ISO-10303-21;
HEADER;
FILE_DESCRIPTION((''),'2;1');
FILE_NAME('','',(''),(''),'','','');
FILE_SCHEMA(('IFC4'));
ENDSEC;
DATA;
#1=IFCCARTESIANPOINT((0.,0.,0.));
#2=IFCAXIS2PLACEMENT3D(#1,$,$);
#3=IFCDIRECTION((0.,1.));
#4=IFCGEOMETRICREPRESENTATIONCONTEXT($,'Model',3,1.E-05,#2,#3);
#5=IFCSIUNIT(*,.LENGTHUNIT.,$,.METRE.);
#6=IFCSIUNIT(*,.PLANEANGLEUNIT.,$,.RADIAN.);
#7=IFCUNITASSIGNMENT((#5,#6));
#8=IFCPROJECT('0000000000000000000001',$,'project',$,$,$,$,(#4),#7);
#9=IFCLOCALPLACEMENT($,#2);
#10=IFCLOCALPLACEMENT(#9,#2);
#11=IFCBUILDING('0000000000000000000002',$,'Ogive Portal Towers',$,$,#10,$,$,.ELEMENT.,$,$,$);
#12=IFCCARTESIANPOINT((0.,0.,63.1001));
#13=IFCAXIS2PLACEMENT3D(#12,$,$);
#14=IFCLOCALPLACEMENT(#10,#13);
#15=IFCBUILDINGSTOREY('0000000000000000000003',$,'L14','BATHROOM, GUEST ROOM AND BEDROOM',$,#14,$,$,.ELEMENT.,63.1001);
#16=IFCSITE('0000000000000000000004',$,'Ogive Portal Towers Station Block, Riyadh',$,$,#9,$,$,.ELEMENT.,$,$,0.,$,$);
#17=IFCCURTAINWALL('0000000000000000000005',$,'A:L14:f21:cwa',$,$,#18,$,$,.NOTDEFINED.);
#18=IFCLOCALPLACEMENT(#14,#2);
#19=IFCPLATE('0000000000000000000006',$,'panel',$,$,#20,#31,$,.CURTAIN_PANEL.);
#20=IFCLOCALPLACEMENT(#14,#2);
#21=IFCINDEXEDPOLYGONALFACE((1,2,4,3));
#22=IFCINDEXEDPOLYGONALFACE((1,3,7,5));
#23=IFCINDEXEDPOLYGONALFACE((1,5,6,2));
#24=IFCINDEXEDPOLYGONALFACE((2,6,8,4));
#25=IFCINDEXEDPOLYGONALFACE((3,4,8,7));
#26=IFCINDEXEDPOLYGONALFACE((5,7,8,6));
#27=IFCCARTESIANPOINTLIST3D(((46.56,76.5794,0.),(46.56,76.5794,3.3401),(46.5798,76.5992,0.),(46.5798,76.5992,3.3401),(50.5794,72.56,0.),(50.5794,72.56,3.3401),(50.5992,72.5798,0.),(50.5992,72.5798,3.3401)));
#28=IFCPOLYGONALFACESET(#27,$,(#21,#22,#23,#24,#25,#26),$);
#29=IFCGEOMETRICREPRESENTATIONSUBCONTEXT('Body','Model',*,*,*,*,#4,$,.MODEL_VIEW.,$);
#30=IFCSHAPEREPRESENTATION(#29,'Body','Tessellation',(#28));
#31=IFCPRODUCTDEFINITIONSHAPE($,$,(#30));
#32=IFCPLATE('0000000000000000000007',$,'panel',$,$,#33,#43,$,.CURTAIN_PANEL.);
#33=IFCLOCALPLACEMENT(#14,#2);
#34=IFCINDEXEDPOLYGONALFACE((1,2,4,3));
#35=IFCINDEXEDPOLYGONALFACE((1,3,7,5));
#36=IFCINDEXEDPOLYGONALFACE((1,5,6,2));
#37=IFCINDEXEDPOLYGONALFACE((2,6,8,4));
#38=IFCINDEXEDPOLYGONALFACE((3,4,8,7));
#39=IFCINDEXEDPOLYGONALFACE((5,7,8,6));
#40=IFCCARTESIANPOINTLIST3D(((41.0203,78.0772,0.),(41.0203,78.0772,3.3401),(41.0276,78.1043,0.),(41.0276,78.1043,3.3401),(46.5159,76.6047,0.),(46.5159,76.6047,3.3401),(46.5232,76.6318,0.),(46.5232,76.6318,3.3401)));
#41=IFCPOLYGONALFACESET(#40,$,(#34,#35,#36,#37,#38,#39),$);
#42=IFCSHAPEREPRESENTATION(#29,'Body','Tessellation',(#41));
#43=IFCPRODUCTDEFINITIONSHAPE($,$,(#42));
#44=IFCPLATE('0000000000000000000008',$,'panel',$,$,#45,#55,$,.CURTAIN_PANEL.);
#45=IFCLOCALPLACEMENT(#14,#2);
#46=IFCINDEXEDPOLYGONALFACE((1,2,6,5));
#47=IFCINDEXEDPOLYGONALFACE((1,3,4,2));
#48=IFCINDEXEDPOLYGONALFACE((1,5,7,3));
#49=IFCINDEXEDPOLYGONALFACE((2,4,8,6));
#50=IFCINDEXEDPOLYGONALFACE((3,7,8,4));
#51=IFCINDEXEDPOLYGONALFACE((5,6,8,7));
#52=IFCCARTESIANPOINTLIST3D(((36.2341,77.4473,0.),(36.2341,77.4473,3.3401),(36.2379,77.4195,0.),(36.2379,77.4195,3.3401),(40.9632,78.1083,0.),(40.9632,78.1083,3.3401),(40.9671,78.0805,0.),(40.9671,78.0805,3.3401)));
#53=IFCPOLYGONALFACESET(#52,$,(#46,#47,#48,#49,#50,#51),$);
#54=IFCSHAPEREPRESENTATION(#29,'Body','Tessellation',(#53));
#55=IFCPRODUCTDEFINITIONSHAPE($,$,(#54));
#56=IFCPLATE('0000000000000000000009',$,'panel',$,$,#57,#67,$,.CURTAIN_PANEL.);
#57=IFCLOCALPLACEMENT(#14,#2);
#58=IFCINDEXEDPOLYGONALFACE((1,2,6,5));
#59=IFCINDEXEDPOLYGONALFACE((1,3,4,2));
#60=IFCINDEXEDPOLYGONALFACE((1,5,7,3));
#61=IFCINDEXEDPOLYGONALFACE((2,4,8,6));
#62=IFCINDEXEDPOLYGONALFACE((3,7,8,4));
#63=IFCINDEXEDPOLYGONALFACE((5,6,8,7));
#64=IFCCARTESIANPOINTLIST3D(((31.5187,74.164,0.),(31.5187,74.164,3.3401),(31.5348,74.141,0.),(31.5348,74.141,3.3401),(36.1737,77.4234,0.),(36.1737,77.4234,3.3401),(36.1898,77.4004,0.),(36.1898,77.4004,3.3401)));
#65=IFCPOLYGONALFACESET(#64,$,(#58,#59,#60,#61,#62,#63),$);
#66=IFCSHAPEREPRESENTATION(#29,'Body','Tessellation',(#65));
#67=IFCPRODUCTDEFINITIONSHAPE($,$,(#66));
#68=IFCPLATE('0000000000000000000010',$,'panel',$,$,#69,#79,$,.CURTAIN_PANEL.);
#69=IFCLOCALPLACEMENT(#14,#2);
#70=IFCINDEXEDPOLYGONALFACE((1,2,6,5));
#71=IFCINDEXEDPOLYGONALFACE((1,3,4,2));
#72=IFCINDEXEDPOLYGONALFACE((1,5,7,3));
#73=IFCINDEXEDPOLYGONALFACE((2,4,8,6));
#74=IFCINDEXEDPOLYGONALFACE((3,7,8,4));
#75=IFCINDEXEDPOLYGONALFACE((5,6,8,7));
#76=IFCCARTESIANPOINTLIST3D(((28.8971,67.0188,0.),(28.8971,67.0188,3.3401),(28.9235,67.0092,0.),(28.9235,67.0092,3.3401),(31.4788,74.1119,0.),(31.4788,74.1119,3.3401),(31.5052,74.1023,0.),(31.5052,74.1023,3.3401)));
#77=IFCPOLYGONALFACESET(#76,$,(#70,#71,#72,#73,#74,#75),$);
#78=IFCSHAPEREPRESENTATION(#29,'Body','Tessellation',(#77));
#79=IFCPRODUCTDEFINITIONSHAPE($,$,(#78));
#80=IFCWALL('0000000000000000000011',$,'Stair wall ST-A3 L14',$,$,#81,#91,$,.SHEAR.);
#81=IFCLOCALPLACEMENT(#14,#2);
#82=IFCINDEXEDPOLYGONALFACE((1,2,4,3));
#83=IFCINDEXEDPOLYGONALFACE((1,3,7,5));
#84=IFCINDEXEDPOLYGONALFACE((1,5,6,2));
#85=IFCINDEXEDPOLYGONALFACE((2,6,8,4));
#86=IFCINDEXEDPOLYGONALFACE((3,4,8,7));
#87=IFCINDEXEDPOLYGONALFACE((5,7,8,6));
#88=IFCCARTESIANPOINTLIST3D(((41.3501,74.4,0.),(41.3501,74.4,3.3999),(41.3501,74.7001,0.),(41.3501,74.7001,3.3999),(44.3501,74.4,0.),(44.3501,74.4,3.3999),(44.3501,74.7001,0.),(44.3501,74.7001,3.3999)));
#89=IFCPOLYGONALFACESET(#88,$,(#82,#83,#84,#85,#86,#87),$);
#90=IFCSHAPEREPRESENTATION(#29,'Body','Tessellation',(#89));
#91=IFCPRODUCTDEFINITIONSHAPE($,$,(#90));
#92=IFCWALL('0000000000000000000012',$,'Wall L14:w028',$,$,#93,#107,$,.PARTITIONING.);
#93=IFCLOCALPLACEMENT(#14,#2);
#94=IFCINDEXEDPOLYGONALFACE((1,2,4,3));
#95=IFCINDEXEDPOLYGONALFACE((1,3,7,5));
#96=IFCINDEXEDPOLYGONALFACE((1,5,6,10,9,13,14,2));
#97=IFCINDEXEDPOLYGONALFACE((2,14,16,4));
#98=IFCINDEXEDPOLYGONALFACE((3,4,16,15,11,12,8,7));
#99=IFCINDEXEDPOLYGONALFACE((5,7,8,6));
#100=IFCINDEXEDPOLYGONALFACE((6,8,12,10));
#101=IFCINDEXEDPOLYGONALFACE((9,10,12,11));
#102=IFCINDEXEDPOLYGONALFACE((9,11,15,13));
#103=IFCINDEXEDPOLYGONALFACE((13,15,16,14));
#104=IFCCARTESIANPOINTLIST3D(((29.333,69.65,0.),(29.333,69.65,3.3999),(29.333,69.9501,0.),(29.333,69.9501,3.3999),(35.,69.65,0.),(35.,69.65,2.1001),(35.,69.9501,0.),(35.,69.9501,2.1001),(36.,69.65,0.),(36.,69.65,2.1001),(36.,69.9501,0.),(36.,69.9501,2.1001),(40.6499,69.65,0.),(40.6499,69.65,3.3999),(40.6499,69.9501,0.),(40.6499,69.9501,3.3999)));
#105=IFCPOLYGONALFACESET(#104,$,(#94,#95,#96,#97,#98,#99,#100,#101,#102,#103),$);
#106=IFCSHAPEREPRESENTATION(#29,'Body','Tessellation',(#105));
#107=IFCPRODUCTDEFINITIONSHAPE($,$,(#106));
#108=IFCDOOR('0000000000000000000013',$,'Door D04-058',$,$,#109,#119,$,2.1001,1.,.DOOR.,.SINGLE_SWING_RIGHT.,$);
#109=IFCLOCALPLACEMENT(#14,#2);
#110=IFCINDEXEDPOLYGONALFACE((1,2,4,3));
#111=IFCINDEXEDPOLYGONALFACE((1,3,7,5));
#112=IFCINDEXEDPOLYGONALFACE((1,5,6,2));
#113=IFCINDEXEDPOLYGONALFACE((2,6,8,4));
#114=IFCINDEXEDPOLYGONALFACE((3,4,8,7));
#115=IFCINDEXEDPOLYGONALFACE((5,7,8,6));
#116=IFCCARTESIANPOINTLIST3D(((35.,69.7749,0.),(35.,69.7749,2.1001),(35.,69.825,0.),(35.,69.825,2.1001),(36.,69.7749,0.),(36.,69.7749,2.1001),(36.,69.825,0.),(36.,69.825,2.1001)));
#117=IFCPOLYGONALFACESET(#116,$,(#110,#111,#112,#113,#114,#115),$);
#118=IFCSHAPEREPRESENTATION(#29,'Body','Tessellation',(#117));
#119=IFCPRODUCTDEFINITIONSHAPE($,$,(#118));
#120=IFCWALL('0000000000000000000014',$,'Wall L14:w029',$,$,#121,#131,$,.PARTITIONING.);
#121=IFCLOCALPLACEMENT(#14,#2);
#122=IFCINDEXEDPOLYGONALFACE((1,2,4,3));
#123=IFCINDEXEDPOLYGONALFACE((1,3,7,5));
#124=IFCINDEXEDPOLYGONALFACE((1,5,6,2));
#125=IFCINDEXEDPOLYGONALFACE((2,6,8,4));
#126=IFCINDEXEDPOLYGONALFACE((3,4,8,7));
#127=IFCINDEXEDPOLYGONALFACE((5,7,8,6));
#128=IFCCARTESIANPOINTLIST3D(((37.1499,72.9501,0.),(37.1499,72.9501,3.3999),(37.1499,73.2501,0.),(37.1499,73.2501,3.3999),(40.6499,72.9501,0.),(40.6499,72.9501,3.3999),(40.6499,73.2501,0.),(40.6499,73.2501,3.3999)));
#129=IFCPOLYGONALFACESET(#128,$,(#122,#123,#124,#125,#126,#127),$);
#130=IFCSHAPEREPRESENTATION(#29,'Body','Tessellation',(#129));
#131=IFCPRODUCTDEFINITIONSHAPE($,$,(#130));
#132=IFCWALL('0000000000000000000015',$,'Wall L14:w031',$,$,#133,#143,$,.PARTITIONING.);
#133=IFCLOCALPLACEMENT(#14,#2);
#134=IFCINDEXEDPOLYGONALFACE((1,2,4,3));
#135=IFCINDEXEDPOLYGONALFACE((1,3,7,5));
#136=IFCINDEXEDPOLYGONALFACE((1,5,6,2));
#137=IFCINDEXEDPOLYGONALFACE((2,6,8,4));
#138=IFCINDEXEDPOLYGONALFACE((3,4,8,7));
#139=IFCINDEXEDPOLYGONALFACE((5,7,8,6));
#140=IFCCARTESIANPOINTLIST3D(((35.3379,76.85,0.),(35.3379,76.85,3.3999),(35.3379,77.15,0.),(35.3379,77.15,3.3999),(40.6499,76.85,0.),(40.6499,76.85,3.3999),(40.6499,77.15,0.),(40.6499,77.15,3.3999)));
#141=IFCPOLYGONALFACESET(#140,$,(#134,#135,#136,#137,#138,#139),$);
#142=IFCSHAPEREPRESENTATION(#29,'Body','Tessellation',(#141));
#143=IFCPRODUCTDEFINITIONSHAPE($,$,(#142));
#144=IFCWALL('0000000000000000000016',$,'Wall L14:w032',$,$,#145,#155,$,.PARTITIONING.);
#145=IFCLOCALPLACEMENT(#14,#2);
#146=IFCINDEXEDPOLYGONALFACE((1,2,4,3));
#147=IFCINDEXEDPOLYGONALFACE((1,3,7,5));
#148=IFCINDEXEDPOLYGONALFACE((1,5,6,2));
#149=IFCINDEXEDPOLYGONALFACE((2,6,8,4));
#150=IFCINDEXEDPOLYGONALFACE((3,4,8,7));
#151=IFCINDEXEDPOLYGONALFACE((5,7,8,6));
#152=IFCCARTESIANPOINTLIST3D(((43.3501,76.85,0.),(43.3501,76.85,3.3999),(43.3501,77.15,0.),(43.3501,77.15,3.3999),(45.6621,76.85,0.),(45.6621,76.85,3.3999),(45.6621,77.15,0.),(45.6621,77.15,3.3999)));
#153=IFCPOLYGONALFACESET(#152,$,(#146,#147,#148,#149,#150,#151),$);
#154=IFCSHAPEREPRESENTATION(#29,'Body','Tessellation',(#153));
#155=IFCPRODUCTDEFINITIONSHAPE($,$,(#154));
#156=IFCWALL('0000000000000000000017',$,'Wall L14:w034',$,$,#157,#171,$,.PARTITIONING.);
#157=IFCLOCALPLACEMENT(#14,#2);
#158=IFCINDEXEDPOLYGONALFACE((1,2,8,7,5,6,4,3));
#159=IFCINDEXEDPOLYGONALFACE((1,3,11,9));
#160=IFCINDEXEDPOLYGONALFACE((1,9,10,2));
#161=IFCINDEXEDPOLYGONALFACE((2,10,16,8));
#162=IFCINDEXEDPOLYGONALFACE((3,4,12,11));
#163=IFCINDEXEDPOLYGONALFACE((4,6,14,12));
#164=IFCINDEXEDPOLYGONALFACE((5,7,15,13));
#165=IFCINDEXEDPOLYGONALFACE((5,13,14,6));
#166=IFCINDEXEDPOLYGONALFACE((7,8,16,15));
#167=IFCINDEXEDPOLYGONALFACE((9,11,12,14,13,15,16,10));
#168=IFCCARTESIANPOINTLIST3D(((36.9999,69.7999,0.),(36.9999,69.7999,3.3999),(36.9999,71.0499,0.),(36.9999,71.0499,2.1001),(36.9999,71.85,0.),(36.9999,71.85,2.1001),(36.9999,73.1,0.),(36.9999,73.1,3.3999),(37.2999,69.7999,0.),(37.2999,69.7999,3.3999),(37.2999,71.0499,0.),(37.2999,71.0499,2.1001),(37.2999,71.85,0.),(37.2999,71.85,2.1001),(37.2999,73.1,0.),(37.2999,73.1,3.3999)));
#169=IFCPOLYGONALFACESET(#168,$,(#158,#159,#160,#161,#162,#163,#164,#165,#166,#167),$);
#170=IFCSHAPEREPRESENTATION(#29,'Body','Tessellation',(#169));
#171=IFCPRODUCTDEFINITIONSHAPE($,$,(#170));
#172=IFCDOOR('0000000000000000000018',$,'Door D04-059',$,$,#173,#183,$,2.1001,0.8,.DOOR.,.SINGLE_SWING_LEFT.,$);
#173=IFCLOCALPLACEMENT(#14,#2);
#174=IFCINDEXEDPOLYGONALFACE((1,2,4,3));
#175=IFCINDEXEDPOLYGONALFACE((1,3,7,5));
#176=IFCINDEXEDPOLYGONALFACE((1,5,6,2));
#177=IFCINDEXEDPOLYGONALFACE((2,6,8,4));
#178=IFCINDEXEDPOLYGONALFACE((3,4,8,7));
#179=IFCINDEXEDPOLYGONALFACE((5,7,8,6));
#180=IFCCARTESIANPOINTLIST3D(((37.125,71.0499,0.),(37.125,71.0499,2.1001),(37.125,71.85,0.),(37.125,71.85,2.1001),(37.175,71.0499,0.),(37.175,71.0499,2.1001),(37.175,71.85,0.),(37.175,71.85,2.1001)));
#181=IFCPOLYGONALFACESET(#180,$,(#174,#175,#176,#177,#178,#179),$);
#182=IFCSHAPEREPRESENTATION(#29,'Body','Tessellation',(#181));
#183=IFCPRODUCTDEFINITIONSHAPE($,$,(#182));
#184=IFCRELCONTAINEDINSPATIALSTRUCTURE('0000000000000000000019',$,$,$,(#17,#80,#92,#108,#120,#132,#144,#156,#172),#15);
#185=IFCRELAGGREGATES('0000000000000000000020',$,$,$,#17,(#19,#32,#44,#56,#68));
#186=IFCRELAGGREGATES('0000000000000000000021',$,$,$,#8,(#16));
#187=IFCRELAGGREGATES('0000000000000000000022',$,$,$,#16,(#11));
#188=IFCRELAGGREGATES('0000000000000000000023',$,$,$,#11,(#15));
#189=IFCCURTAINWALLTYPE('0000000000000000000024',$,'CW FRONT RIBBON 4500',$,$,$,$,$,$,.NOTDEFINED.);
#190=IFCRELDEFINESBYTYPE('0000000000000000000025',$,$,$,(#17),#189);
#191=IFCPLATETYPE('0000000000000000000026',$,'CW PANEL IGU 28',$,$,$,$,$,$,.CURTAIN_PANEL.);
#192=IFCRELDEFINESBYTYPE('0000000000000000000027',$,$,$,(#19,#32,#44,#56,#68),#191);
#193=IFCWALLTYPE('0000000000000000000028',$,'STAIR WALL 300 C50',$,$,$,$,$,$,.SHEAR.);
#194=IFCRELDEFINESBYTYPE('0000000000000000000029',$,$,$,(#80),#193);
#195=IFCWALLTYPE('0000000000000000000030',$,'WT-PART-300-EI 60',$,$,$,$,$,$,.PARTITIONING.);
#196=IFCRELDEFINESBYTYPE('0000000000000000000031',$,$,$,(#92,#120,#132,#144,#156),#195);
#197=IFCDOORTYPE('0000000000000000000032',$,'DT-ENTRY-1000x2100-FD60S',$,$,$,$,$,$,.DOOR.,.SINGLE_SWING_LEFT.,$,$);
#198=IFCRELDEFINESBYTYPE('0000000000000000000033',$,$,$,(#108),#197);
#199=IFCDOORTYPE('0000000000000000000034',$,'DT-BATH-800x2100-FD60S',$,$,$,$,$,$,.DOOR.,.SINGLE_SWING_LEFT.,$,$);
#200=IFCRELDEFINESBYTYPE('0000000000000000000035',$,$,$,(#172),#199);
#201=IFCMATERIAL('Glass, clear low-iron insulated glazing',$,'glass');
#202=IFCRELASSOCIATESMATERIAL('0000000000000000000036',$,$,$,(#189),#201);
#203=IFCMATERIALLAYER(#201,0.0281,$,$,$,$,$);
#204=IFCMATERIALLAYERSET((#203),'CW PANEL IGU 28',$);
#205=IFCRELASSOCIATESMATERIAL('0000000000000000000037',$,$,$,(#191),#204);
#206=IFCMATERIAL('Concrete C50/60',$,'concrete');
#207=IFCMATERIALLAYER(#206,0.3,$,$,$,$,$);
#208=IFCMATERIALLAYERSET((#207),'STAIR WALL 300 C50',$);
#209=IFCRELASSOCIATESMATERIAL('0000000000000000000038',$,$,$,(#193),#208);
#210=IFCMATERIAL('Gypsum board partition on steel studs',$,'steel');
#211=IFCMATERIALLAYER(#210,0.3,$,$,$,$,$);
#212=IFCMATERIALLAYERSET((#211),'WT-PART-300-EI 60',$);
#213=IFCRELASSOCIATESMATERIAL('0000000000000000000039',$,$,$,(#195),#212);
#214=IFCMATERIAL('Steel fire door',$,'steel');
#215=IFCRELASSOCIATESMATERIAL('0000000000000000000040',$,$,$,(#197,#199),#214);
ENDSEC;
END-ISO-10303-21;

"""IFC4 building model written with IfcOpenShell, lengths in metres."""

from ifc_helpers import new_model, si_unit, direction, frame, frame_2d, origin, origin_2d, place, context, subcontext, project, spatial, rectangle, extrude, material, layer, layer_set, type_object, element, fill, aggregate, save


model = new_model("IFC4")

# Units and contexts
model_context = context("Model", 3, precision=1e-05, world=origin(), true_north=direction((0.0, 1.0)))
body_context = subcontext(model_context, "Body", "Model", "MODEL_VIEW")
ifc_project = project(units=[si_unit("LENGTHUNIT", "METRE"), si_unit("PLANEANGLEUNIT", "RADIAN")], contexts=[model_context])

# Site, building, storey
site_placement = place(None, origin())
site = spatial("IfcSite", under=ifc_project, at=site_placement, Name="Ogive Portal Towers Station Block, Riyadh", CompositionType="ELEMENT", RefElevation=0.0)
building_placement = place(site_placement, origin())
building = spatial("IfcBuilding", under=site, at=building_placement, Name="Ogive Portal Towers", CompositionType="ELEMENT")
storey_placement = place(building_placement, frame((0.0, 0.0, 63.1001)))
storey = spatial("IfcBuildingStorey", under=building, at=storey_placement, Name="L14", Description="BATHROOM, GUEST ROOM AND BEDROOM", CompositionType="ELEMENT", Elevation=63.1001)

# Curtain wall, plates
ifc_material_1 = material(Name="Glass, clear low-iron insulated glazing", Category="glass")
curtain_wall_type = type_object("IfcCurtainWallType", Name="CW FRONT RIBBON 4500", PredefinedType="NOTDEFINED", material=ifc_material_1)
curtain_wall_placement = place(storey_placement, origin())
curtain_wall = element("IfcCurtainWall", 1, at=curtain_wall_placement, inside=storey, type_object=curtain_wall_type, Name="A:L14:f21:cwa", PredefinedType="NOTDEFINED")
ifc_layer_1 = layer(ifc_material_1, 0.0281)
ifc_layer_set_1 = layer_set([ifc_layer_1], Name="CW PANEL IGU 28")
plate_type = type_object("IfcPlateType", Name="CW PANEL IGU 28", PredefinedType="CURTAIN_PANEL", material=ifc_layer_set_1)
plate_1_placement = place(storey_placement, frame((48.5796, 74.5796, 0.0), z_axis=(0.0, 0.0, 1.0), x_axis=(-0.707107, 0.707107, 0.0)))
plate_1 = element("IfcPlate", 2, at=plate_1_placement, type_object=plate_type, Name="panel", PredefinedType="CURTAIN_PANEL", context=body_context, shape_type="SweptSolid", body=[
    extrude(rectangle(XDim=5.6843, YDim=0.0281, at=origin_2d()), origin(), (0.0, 0.0, 1.0), 3.3401),
])
plate_2_placement = place(storey_placement, frame((43.7717, 77.3545, 0.0), z_axis=(0.0, 0.0, 1.0), x_axis=(-0.965926, 0.258819, 0.0)))
plate_2 = element("IfcPlate", 3, at=plate_2_placement, type_object=plate_type, Name="panel", PredefinedType="CURTAIN_PANEL", context=body_context, shape_type="SweptSolid", body=[
    extrude(rectangle(XDim=5.6895, YDim=0.0281, at=origin_2d()), origin(), (0.0, 0.0, 1.0), 3.3401),
])
plate_3_placement = place(storey_placement, frame((38.6006, 77.7639, 0.0), z_axis=(0.0, 0.0, 1.0), x_axis=(-0.990373, -0.138428, 0.0)))
plate_3 = element("IfcPlate", 4, at=plate_3_placement, type_object=plate_type, Name="panel", PredefinedType="CURTAIN_PANEL", context=body_context, shape_type="SweptSolid", body=[
    extrude(rectangle(XDim=4.7751, YDim=0.0281, at=origin_2d()), origin(), (0.0, 0.0, 1.0), 3.3401),
])
plate_4_placement = place(storey_placement, frame((33.8542, 75.7822, 0.0), z_axis=(0.0, 0.0, 1.0), x_axis=(-0.819152, -0.573576, 0.0)))
plate_4 = element("IfcPlate", 5, at=plate_4_placement, type_object=plate_type, Name="panel", PredefinedType="CURTAIN_PANEL", context=body_context, shape_type="SweptSolid", body=[
    extrude(rectangle(XDim=5.6826, YDim=0.0281, at=origin_2d()), origin(), (0.0, 0.0, 1.0), 3.3401),
])
plate_5_placement = place(storey_placement, frame((30.2012, 70.5605, 0.0), z_axis=(0.0, 0.0, 1.0), x_axis=(-0.34202, -0.939693, 0.0)))
plate_5 = element("IfcPlate", 6, at=plate_5_placement, type_object=plate_type, Name="panel", PredefinedType="CURTAIN_PANEL", context=body_context, shape_type="SweptSolid", body=[
    extrude(rectangle(XDim=7.5483, YDim=0.0281, at=origin_2d()), origin(), (0.0, 0.0, 1.0), 3.3401),
])
aggregate(curtain_wall, [plate_1, plate_2, plate_3, plate_4, plate_5])

# Wall
ifc_material_2 = material(Name="Concrete C50/60", Category="concrete")
ifc_layer_2 = layer(ifc_material_2, 0.3)
ifc_layer_set_2 = layer_set([ifc_layer_2], Name="STAIR WALL 300 C50")
wall_type_1 = type_object("IfcWallType", Name="STAIR WALL 300 C50", PredefinedType="SHEAR", material=ifc_layer_set_2)
wall_1_placement = place(storey_placement, frame((41.3501, 74.55, 0.0), z_axis=(0.0, 0.0, 1.0), x_axis=(1.0, 0.0, 0.0)))
element("IfcWall", 7, at=wall_1_placement, inside=storey, type_object=wall_type_1, Name="Stair wall ST-A3 L14", PredefinedType="SHEAR", context=body_context, shape_type="SweptSolid", body=[
    extrude(rectangle(XDim=3.0, YDim=0.3, at=frame_2d((1.5, 0.0))), origin(), (0.0, 0.0, 1.0), 3.3999),
])

# Wall, opening, door
ifc_material_3 = material(Name="Gypsum board partition on steel studs", Category="steel")
ifc_layer_3 = layer(ifc_material_3, 0.3)
ifc_layer_set_3 = layer_set([ifc_layer_3], Name="WT-PART-300-EI 60")
wall_type_2 = type_object("IfcWallType", Name="WT-PART-300-EI 60", PredefinedType="PARTITIONING", material=ifc_layer_set_3)
wall_2_placement = place(storey_placement, frame((29.333, 69.8, 0.0), z_axis=(0.0, 0.0, 1.0), x_axis=(1.0, 0.0, 0.0)))
wall_2 = element("IfcWall", 8, at=wall_2_placement, inside=storey, type_object=wall_type_2, Name="Wall L14:w028", PredefinedType="PARTITIONING", context=body_context, shape_type="SweptSolid", body=[
    extrude(rectangle(XDim=11.3169, YDim=0.3, at=frame_2d((5.6584, 0.0))), origin(), (0.0, 0.0, 1.0), 3.3999),
])
opening_1_placement = place(wall_2_placement, frame((5.667, 0.0, 0.0)))
opening_1 = element("IfcOpeningElement", 9, at=opening_1_placement, cuts=wall_2, PredefinedType="OPENING", context=body_context, shape_type="SweptSolid", body=[
    extrude(rectangle(XDim=1.0, YDim=2.1001, at=frame_2d((0.5, 1.05))), frame((0.0, 0.1602, 0.0), z_axis=(0.0, -1.0, 0.0), x_axis=(1.0, 0.0, 0.0)), (0.0, 0.0, 1.0), 0.3201),
])
ifc_material_4 = material(Name="Steel fire door", Category="steel")
door_type_1 = type_object("IfcDoorType", Name="DT-ENTRY-1000x2100-FD60S", OperationType="SINGLE_SWING_LEFT", PredefinedType="DOOR", material=ifc_material_4)
door_1_placement = place(opening_1_placement, origin())
door_1 = element("IfcDoor", 10, at=door_1_placement, inside=storey, type_object=door_type_1, Name="Door D04-058", OperationType="SINGLE_SWING_RIGHT", OverallHeight=2.1001, OverallWidth=1.0, PredefinedType="DOOR", context=body_context, shape_type="SweptSolid", body=[
    extrude(rectangle(XDim=1.0, YDim=2.1001, at=frame_2d((0.5, 1.05))), frame((0.0, 0.0249, 0.0), z_axis=(0.0, -1.0, 0.0), x_axis=(1.0, 0.0, 0.0)), (0.0, 0.0, 1.0), 0.05),
])
fill(opening_1, door_1)

# Walls
wall_3_placement = place(storey_placement, frame((37.1499, 73.1001, 0.0), z_axis=(0.0, 0.0, 1.0), x_axis=(1.0, 0.0, 0.0)))
element("IfcWall", 11, at=wall_3_placement, inside=storey, type_object=wall_type_2, Name="Wall L14:w029", PredefinedType="PARTITIONING", context=body_context, shape_type="SweptSolid", body=[
    extrude(rectangle(XDim=3.5, YDim=0.3, at=frame_2d((1.75, 0.0))), origin(), (0.0, 0.0, 1.0), 3.3999),
])
wall_4_placement = place(storey_placement, frame((35.3379, 77.0, 0.0), z_axis=(0.0, 0.0, 1.0), x_axis=(1.0, 0.0, 0.0)))
element("IfcWall", 12, at=wall_4_placement, inside=storey, type_object=wall_type_2, Name="Wall L14:w031", PredefinedType="PARTITIONING", context=body_context, shape_type="SweptSolid", body=[
    extrude(rectangle(XDim=5.312, YDim=0.3, at=frame_2d((2.656, 0.0))), origin(), (0.0, 0.0, 1.0), 3.3999),
])
wall_5_placement = place(storey_placement, frame((43.3501, 77.0, 0.0), z_axis=(0.0, 0.0, 1.0), x_axis=(1.0, 0.0, 0.0)))
element("IfcWall", 13, at=wall_5_placement, inside=storey, type_object=wall_type_2, Name="Wall L14:w032", PredefinedType="PARTITIONING", context=body_context, shape_type="SweptSolid", body=[
    extrude(rectangle(XDim=2.312, YDim=0.3, at=frame_2d((1.156, 0.0))), origin(), (0.0, 0.0, 1.0), 3.3999),
])

# Wall, opening, door
wall_6_placement = place(storey_placement, frame((37.1499, 69.8, 0.0), z_axis=(0.0, 0.0, 1.0), x_axis=(0.0, 1.0, 0.0)))
wall_6 = element("IfcWall", 14, at=wall_6_placement, inside=storey, type_object=wall_type_2, Name="Wall L14:w034", PredefinedType="PARTITIONING", context=body_context, shape_type="SweptSolid", body=[
    extrude(rectangle(XDim=3.3, YDim=0.3, at=frame_2d((1.6499, 0.0))), origin(), (0.0, 0.0, 1.0), 3.3999),
])
opening_2_placement = place(wall_6_placement, frame((1.25, 0.0, 0.0)))
opening_2 = element("IfcOpeningElement", 15, at=opening_2_placement, cuts=wall_6, PredefinedType="OPENING", context=body_context, shape_type="SweptSolid", body=[
    extrude(rectangle(XDim=0.8, YDim=2.1001, at=frame_2d((0.3999, 1.05))), frame((0.0, 0.1602, 0.0), z_axis=(0.0, -1.0, 0.0), x_axis=(1.0, 0.0, 0.0)), (0.0, 0.0, 1.0), 0.3201),
])
door_type_2 = type_object("IfcDoorType", Name="DT-BATH-800x2100-FD60S", OperationType="SINGLE_SWING_LEFT", PredefinedType="DOOR", material=ifc_material_4)
door_2_placement = place(opening_2_placement, origin())
door_2 = element("IfcDoor", 16, at=door_2_placement, inside=storey, type_object=door_type_2, Name="Door D04-059", OperationType="SINGLE_SWING_LEFT", OverallHeight=2.1001, OverallWidth=0.8, PredefinedType="DOOR", context=body_context, shape_type="SweptSolid", body=[
    extrude(rectangle(XDim=0.8, YDim=2.1001, at=frame_2d((0.3999, 1.05))), frame((0.0, 0.0249, 0.0), z_axis=(0.0, -1.0, 0.0), x_axis=(1.0, 0.0, 0.0)), (0.0, 0.0, 1.0), 0.05),
])
fill(opening_2, door_2)

save(model, "model.ifc")
